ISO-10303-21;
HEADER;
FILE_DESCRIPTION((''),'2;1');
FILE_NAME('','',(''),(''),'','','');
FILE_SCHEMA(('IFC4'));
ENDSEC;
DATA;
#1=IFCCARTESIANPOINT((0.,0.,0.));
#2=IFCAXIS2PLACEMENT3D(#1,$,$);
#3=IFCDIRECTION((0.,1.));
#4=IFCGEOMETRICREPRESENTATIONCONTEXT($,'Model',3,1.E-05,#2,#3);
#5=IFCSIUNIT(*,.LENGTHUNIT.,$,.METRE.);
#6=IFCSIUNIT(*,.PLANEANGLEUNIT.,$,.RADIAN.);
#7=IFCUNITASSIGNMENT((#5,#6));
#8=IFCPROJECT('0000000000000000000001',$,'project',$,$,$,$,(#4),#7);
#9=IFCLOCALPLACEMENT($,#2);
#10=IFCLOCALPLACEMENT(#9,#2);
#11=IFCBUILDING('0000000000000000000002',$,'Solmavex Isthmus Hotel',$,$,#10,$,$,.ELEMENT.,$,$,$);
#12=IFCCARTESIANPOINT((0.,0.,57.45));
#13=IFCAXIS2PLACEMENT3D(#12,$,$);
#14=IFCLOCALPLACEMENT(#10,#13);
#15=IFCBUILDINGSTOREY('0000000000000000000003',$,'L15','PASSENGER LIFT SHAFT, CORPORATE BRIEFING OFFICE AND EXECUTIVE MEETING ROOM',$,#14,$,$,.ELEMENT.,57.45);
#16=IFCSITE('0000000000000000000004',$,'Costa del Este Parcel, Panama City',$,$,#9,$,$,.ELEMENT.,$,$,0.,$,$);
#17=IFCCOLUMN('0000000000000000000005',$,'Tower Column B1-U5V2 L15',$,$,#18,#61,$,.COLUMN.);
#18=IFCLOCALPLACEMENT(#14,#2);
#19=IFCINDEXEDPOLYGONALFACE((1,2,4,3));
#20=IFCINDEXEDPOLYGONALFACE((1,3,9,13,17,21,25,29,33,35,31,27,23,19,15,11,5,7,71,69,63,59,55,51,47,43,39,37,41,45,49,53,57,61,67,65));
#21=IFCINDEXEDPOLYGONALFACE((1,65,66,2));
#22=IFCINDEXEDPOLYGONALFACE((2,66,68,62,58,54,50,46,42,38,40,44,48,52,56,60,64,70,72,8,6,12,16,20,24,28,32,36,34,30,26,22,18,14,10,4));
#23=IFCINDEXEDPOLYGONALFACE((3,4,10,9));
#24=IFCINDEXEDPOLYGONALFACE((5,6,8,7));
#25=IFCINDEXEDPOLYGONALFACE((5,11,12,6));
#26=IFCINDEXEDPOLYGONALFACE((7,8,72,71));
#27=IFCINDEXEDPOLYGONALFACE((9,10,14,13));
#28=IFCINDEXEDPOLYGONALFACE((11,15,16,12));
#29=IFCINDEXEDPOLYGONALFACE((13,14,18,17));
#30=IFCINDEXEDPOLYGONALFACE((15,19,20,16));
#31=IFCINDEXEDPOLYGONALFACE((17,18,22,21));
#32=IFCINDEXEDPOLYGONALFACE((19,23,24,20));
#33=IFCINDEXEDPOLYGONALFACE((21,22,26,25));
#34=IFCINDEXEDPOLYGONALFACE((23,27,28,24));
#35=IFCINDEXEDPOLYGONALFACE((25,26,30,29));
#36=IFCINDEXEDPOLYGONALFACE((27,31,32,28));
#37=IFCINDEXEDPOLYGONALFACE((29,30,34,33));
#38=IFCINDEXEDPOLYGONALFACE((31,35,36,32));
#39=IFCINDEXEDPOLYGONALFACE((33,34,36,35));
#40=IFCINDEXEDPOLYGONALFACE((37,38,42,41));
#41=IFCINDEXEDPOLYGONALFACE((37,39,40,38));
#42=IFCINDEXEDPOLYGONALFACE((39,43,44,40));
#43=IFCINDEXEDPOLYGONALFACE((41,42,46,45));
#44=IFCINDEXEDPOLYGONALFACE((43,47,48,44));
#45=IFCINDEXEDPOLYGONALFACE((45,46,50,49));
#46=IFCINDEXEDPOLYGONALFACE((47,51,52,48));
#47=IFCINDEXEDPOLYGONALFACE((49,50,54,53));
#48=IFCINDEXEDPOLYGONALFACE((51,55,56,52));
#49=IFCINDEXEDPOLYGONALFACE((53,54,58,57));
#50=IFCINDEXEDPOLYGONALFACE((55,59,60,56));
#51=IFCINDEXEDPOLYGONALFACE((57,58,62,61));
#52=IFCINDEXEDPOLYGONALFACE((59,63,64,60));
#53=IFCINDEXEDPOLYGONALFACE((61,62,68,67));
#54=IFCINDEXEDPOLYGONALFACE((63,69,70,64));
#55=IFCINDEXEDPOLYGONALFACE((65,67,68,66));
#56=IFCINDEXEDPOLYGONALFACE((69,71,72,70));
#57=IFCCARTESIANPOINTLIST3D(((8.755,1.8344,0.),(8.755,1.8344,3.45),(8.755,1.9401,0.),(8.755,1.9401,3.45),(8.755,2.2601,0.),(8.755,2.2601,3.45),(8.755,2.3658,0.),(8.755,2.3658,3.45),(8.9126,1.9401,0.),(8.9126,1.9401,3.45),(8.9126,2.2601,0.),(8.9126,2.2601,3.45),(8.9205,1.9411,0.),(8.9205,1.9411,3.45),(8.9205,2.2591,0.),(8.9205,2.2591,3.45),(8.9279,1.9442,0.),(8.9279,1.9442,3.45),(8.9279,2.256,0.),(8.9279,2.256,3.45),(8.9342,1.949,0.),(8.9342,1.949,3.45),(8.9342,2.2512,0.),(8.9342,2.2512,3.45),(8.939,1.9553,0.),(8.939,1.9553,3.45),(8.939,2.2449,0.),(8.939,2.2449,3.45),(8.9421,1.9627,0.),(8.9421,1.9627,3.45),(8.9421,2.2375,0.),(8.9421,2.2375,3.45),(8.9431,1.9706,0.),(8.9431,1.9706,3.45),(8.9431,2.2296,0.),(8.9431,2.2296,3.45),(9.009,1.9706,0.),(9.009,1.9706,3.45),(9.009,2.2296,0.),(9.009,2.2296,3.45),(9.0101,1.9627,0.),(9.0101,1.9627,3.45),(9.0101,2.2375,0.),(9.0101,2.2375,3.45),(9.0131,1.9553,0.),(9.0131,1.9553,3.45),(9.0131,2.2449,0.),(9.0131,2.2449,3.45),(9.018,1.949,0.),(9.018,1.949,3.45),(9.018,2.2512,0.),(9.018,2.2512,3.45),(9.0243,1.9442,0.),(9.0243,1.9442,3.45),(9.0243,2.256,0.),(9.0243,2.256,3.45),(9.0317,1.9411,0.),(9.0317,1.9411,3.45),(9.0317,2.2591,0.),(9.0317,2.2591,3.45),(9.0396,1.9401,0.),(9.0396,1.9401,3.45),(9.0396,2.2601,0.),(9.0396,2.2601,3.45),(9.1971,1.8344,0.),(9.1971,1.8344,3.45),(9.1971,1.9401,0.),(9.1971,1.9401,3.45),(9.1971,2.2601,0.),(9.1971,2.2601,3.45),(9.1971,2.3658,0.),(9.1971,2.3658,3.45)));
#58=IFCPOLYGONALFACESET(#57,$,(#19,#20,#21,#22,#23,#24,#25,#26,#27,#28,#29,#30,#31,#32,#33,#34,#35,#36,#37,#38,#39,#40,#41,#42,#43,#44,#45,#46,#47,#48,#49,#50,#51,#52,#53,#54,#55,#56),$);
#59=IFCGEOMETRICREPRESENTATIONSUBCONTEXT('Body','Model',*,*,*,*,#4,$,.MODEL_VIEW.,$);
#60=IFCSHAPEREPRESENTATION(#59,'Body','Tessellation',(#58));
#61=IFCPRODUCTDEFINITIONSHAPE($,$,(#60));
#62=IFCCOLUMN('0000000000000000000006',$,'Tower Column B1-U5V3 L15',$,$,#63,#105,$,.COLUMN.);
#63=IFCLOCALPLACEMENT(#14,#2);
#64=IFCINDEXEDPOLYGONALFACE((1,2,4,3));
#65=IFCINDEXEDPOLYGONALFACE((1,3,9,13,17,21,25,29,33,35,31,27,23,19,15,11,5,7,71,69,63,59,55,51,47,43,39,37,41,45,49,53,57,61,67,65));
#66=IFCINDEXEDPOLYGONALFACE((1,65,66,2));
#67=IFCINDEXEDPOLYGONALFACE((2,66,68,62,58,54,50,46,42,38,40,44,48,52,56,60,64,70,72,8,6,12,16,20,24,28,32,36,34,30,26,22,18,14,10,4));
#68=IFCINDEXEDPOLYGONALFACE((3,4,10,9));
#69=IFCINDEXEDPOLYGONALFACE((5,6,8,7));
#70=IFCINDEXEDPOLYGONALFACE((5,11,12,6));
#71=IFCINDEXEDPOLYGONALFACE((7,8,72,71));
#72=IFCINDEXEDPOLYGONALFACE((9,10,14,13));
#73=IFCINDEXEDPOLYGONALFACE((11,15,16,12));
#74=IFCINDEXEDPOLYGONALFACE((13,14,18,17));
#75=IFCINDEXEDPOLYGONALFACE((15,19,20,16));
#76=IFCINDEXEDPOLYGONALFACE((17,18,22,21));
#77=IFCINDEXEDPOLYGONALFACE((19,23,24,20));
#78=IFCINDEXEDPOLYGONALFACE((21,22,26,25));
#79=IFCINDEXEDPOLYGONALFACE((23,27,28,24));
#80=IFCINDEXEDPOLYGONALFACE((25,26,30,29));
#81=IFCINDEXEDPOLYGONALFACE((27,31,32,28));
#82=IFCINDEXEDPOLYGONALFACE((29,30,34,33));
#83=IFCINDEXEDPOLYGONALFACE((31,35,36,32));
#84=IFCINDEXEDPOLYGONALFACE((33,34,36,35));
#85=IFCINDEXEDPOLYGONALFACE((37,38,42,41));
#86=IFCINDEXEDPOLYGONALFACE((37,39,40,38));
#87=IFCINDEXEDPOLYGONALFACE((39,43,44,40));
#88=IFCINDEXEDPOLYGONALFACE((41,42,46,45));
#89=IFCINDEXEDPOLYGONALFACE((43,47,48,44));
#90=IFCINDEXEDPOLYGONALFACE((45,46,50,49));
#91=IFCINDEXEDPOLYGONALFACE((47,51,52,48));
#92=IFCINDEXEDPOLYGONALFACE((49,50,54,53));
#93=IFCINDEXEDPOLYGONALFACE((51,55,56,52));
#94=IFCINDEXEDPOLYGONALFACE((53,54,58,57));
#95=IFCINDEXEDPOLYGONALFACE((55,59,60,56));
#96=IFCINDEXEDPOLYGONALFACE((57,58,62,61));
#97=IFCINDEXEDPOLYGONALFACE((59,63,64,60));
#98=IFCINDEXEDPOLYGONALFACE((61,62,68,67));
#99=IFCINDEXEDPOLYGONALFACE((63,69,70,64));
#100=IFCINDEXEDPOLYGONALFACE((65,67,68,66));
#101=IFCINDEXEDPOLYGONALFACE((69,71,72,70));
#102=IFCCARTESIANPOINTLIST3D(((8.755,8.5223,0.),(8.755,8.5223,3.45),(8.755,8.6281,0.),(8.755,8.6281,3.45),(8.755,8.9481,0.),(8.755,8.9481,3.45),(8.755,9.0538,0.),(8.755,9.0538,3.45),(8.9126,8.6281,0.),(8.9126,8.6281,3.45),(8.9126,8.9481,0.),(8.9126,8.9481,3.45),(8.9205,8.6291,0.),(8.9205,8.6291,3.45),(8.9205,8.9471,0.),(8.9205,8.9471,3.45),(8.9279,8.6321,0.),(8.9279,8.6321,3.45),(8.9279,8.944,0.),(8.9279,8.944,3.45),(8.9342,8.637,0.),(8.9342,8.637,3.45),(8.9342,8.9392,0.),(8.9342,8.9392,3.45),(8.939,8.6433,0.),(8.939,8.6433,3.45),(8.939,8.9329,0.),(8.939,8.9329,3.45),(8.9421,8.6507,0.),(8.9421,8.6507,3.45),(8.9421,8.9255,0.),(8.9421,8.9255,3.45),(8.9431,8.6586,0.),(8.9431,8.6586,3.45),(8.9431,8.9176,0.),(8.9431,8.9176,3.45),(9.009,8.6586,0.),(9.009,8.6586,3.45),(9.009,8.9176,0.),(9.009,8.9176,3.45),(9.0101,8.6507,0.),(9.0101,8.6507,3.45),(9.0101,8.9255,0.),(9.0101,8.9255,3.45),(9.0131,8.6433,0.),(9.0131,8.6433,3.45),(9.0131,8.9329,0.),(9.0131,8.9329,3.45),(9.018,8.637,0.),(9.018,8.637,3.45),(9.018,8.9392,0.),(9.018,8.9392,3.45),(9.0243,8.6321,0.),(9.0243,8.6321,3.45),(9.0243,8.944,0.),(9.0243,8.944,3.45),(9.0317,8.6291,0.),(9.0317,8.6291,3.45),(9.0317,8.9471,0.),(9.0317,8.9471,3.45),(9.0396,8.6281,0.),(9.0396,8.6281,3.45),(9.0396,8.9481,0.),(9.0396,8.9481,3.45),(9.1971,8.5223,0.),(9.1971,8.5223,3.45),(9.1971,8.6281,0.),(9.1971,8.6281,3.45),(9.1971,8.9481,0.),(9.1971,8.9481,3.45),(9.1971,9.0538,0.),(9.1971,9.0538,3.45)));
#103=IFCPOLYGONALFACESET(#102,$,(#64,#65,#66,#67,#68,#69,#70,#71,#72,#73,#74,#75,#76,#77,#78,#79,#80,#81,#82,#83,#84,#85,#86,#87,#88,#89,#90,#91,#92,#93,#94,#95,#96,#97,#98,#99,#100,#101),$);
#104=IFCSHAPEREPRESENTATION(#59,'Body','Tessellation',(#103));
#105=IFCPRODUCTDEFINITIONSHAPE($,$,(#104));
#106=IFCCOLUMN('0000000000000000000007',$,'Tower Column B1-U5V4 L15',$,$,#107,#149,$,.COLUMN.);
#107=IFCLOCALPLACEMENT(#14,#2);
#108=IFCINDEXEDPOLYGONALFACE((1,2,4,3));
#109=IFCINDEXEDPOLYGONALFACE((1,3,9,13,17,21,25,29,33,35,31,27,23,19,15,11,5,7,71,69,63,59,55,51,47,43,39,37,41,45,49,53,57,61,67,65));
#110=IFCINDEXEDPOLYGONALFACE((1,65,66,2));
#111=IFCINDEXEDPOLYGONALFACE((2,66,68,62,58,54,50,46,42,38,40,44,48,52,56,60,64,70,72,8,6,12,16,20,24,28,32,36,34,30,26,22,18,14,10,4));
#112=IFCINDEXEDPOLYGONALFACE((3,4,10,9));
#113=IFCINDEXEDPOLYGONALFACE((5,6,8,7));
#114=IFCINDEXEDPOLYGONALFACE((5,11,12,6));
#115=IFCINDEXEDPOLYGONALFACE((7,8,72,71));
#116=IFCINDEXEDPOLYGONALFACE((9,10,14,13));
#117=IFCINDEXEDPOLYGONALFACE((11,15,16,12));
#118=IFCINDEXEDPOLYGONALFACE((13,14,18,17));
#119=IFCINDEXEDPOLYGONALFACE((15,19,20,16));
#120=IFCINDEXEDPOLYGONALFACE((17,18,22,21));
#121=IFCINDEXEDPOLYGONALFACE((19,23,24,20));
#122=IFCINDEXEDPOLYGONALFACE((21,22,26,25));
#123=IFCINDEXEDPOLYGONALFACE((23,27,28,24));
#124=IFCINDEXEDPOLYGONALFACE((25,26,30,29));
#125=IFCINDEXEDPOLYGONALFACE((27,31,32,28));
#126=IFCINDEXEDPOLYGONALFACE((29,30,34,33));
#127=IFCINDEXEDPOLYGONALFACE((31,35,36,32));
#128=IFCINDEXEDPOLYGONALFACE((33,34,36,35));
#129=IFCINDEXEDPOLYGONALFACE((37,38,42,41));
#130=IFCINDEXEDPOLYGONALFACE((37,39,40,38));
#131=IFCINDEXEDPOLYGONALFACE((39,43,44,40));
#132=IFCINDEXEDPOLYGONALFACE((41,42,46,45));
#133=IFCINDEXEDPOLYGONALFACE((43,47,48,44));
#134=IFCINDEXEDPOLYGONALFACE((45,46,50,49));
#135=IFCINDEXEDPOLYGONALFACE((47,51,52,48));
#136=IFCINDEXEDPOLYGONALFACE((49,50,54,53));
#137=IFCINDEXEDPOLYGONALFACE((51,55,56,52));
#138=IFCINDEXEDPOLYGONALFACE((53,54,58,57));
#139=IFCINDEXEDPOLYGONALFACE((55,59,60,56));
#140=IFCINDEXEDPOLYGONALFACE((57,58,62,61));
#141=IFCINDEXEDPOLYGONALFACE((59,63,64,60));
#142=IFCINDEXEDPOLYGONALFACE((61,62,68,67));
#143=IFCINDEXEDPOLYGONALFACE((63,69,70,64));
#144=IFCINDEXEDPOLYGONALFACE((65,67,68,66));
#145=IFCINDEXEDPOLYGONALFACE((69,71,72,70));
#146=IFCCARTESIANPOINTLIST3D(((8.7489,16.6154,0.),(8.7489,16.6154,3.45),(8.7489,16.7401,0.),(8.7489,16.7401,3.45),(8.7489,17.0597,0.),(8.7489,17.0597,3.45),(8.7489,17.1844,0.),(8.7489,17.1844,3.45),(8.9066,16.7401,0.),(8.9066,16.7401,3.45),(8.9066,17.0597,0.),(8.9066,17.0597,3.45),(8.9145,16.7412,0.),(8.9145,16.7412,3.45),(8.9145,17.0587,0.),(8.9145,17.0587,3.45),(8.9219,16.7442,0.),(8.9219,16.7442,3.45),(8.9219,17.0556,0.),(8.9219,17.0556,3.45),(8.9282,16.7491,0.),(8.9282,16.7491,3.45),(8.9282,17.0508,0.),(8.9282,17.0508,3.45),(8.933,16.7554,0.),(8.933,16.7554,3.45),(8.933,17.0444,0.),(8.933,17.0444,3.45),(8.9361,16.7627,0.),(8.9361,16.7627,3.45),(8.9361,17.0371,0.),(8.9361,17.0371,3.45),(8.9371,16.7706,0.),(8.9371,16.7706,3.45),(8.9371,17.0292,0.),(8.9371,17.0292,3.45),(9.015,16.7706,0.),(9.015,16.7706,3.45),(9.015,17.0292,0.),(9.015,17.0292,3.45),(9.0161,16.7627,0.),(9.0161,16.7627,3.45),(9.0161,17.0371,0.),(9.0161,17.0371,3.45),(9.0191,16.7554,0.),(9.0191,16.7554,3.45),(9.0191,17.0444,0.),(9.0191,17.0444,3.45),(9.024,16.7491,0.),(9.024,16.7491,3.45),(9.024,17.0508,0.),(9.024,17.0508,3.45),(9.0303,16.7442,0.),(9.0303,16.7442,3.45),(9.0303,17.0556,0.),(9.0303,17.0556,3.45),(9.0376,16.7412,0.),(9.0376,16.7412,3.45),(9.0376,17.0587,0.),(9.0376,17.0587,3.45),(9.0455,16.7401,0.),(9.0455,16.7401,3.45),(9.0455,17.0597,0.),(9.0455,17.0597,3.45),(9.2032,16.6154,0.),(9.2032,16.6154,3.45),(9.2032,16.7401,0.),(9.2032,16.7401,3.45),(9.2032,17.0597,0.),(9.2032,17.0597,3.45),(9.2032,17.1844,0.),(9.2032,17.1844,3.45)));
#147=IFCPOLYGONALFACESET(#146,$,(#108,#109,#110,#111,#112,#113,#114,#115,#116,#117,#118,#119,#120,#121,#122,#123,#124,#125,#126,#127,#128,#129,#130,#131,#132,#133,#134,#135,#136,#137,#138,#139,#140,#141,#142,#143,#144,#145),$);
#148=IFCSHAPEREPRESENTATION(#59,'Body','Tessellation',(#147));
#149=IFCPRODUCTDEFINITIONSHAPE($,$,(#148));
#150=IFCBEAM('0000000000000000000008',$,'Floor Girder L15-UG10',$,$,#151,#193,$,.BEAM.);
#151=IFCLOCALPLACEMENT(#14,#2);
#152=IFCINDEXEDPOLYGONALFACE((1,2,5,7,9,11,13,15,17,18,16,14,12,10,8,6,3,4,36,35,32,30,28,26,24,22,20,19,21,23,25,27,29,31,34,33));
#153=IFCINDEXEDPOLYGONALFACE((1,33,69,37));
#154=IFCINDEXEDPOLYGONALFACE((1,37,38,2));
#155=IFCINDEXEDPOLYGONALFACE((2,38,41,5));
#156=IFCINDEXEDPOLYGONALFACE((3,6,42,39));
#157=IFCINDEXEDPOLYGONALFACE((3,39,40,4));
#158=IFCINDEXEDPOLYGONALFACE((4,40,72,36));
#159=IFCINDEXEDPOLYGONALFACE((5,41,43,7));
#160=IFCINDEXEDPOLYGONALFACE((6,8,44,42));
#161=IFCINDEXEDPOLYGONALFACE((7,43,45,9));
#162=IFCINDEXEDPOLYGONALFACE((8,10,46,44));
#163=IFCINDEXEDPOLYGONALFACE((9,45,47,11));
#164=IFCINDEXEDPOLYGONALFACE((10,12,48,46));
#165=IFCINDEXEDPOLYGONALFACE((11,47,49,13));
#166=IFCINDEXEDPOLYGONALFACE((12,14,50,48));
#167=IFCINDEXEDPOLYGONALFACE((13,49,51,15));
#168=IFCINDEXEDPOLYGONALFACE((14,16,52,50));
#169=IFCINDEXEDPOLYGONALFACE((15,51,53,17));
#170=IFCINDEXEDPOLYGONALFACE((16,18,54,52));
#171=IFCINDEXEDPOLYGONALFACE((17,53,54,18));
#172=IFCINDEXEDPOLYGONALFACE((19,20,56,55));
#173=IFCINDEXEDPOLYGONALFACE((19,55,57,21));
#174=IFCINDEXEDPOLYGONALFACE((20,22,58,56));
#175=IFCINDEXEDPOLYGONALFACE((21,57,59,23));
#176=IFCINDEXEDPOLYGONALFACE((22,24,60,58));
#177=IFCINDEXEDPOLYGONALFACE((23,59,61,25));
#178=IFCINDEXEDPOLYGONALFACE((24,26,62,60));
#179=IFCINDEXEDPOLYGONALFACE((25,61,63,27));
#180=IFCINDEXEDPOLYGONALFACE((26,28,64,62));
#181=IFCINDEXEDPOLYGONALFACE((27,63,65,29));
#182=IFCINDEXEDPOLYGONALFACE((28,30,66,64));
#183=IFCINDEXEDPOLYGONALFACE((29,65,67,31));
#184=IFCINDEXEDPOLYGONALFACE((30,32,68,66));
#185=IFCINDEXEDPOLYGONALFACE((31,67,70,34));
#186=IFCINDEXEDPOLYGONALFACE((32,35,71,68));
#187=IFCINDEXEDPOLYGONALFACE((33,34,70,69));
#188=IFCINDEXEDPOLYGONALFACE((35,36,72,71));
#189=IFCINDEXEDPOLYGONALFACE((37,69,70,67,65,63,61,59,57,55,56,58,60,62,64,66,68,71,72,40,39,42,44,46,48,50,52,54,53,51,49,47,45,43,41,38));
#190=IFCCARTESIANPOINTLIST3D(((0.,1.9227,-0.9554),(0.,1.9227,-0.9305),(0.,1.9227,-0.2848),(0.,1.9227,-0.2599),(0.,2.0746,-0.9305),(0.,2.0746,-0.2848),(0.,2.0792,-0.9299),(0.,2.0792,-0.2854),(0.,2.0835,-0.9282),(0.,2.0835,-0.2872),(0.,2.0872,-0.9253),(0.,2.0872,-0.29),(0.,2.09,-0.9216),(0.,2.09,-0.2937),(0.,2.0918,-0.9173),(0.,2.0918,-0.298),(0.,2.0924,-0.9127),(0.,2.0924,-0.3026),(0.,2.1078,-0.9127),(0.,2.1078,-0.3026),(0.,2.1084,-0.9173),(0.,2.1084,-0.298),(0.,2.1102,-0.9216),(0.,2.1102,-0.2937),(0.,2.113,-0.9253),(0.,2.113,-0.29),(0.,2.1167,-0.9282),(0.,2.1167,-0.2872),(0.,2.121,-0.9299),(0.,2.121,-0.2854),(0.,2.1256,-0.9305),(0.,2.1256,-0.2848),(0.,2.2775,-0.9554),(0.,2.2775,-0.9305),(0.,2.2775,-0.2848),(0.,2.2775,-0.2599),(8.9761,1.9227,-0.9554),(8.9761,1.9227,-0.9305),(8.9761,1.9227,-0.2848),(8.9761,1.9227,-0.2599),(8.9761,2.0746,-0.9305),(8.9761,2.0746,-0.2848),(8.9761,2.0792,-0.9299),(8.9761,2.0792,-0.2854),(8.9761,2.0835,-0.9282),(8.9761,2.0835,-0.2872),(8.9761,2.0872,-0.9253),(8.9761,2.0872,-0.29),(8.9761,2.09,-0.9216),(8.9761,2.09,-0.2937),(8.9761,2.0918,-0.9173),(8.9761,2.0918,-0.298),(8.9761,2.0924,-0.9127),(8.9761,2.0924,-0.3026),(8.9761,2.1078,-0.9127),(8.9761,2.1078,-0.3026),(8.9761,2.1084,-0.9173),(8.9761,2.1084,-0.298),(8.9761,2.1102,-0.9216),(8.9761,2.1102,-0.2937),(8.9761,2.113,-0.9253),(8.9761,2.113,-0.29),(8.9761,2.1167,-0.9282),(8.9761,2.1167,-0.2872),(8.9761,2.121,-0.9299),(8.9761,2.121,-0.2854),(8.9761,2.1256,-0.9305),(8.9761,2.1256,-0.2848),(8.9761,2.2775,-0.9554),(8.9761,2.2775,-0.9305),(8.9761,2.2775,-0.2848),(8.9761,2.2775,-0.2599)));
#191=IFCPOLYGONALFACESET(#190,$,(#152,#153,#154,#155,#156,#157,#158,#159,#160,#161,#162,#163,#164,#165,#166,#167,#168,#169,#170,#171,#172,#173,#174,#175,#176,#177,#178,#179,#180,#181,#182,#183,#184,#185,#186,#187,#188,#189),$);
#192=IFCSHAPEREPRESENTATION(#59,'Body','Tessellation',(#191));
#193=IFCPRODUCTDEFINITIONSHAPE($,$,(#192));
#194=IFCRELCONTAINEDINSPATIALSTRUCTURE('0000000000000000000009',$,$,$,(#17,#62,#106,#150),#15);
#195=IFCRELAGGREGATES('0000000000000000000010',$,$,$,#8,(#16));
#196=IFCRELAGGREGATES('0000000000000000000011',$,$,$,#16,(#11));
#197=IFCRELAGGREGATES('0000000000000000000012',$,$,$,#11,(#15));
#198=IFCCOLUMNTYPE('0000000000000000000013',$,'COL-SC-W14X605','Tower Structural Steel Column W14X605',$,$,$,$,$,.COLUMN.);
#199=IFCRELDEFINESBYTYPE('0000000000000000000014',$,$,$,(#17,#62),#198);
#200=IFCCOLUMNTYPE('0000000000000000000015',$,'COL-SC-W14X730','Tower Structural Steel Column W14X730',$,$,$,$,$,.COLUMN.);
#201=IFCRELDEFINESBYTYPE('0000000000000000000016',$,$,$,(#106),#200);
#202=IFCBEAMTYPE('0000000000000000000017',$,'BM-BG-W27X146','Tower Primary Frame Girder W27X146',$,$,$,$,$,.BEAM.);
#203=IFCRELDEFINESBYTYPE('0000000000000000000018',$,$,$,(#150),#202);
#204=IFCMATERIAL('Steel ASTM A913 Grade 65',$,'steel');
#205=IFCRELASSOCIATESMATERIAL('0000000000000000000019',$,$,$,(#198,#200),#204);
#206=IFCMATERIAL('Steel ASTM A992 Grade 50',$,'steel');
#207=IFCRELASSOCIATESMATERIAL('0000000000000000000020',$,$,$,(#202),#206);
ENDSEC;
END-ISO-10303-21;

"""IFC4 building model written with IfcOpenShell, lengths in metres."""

from ifc_helpers import new_model, si_unit, direction, frame, origin, origin_2d, place, context, subcontext, project, spatial, i_section, extrude, material, material_profile, profile_set, type_object, element, save


model = new_model("IFC4")

# Units and contexts
model_context = context("Model", 3, precision=1e-05, world=origin(), true_north=direction((0.0, 1.0)))
body_context = subcontext(model_context, "Body", "Model", "MODEL_VIEW")
ifc_project = project(units=[si_unit("LENGTHUNIT", "METRE"), si_unit("PLANEANGLEUNIT", "RADIAN")], contexts=[model_context])

# Site, building, storey
site_placement = place(None, origin())
site = spatial("IfcSite", under=ifc_project, at=site_placement, Name="Costa del Este Parcel, Panama City", CompositionType="ELEMENT", RefElevation=0.0)
building_placement = place(site_placement, origin())
building = spatial("IfcBuilding", under=site, at=building_placement, Name="Solmavex Isthmus Hotel", CompositionType="ELEMENT")
storey_placement = place(building_placement, frame((0.0, 0.0, 57.45)))
storey = spatial("IfcBuildingStorey", under=building, at=storey_placement, Name="L15", Description="PASSENGER LIFT SHAFT, CORPORATE BRIEFING OFFICE AND EXECUTIVE MEETING ROOM", CompositionType="ELEMENT", Elevation=57.45)

# Columns
ifc_material_1 = material(Name="Steel ASTM A913 Grade 65", Category="steel")
ifc_material_profile_1 = material_profile(ifc_material_1, i_section(OverallWidth=0.4421, OverallDepth=0.5315, WebThickness=0.0659, FlangeThickness=0.1057, FilletRadius=0.0305, at=origin_2d()), Name="W14X605")
ifc_profile_set_1 = profile_set([ifc_material_profile_1], Name="Steel ASTM A913 Grade 65")
column_type_1 = type_object("IfcColumnType", Name="COL-SC-W14X605", Description="Tower Structural Steel Column W14X605", PredefinedType="COLUMN", material=ifc_profile_set_1)
for number, where, z_axis, x_axis, name in (
    (1, (8.9761, 2.1001, 0.0), (0.0, 0.0, 1.0), (1.0, 0.0, 0.0), "Tower Column B1-U5V2 L15"),
    (2, (8.9761, 8.7881, 0.0), (0.0, 0.0, 1.0), (1.0, 0.0, 0.0), "Tower Column B1-U5V3 L15"),
):
    element("IfcColumn", number, at=place(storey_placement, frame(where, z_axis=z_axis, x_axis=x_axis)), inside=storey, type_object=column_type_1, Name=name, PredefinedType="COLUMN", context=body_context, shape_type="SweptSolid", body=[
        extrude(i_section(OverallWidth=0.4421, OverallDepth=0.5315, WebThickness=0.0659, FlangeThickness=0.1057, FilletRadius=0.0305, at=origin_2d()), origin(), (0.0, 0.0, 1.0), 3.45),
    ])
ifc_material_profile_2 = material_profile(ifc_material_1, i_section(OverallWidth=0.4543, OverallDepth=0.5691, WebThickness=0.0779, FlangeThickness=0.1248, FilletRadius=0.0305, at=origin_2d()), Name="W14X730")
ifc_profile_set_2 = profile_set([ifc_material_profile_2], Name="Steel ASTM A913 Grade 65")
column_type_2 = type_object("IfcColumnType", Name="COL-SC-W14X730", Description="Tower Structural Steel Column W14X730", PredefinedType="COLUMN", material=ifc_profile_set_2)
column_placement = place(storey_placement, frame((8.9761, 16.8999, 0.0), z_axis=(0.0, 0.0, 1.0), x_axis=(1.0, 0.0, 0.0)))
element("IfcColumn", 3, at=column_placement, inside=storey, type_object=column_type_2, Name="Tower Column B1-U5V4 L15", PredefinedType="COLUMN", context=body_context, shape_type="SweptSolid", body=[
    extrude(i_section(OverallWidth=0.4543, OverallDepth=0.5691, WebThickness=0.0779, FlangeThickness=0.1248, FilletRadius=0.0305, at=origin_2d()), origin(), (0.0, 0.0, 1.0), 3.45),
])

# Beam
ifc_material_2 = material(Name="Steel ASTM A992 Grade 50", Category="steel")
ifc_material_profile_3 = material_profile(ifc_material_2, i_section(OverallWidth=0.3547, OverallDepth=0.6956, WebThickness=0.0154, FlangeThickness=0.0249, FilletRadius=0.0178, at=origin_2d()), Name="W27X146")
ifc_profile_set_3 = profile_set([ifc_material_profile_3], Name="Steel ASTM A992 Grade 50")
beam_type_1 = type_object("IfcBeamType", Name="BM-BG-W27X146", Description="Tower Primary Frame Girder W27X146", PredefinedType="BEAM", material=ifc_profile_set_3)
beam_1_placement = place(storey_placement, frame((0.0, 2.1001, -0.6077), z_axis=(1.0, 0.0, 0.0), x_axis=(0.0, 1.0, 0.0)))
element("IfcBeam", 4, at=beam_1_placement, inside=storey, type_object=beam_type_1, Name="Floor Girder L15-UG10", PredefinedType="BEAM", context=body_context, shape_type="SweptSolid", body=[
    extrude(i_section(OverallWidth=0.3547, OverallDepth=0.6956, WebThickness=0.0154, FlangeThickness=0.0249, FilletRadius=0.0178, at=origin_2d()), origin(), (0.0, 0.0, 1.0), 8.9761),
])

save(model, "model.ifc")
